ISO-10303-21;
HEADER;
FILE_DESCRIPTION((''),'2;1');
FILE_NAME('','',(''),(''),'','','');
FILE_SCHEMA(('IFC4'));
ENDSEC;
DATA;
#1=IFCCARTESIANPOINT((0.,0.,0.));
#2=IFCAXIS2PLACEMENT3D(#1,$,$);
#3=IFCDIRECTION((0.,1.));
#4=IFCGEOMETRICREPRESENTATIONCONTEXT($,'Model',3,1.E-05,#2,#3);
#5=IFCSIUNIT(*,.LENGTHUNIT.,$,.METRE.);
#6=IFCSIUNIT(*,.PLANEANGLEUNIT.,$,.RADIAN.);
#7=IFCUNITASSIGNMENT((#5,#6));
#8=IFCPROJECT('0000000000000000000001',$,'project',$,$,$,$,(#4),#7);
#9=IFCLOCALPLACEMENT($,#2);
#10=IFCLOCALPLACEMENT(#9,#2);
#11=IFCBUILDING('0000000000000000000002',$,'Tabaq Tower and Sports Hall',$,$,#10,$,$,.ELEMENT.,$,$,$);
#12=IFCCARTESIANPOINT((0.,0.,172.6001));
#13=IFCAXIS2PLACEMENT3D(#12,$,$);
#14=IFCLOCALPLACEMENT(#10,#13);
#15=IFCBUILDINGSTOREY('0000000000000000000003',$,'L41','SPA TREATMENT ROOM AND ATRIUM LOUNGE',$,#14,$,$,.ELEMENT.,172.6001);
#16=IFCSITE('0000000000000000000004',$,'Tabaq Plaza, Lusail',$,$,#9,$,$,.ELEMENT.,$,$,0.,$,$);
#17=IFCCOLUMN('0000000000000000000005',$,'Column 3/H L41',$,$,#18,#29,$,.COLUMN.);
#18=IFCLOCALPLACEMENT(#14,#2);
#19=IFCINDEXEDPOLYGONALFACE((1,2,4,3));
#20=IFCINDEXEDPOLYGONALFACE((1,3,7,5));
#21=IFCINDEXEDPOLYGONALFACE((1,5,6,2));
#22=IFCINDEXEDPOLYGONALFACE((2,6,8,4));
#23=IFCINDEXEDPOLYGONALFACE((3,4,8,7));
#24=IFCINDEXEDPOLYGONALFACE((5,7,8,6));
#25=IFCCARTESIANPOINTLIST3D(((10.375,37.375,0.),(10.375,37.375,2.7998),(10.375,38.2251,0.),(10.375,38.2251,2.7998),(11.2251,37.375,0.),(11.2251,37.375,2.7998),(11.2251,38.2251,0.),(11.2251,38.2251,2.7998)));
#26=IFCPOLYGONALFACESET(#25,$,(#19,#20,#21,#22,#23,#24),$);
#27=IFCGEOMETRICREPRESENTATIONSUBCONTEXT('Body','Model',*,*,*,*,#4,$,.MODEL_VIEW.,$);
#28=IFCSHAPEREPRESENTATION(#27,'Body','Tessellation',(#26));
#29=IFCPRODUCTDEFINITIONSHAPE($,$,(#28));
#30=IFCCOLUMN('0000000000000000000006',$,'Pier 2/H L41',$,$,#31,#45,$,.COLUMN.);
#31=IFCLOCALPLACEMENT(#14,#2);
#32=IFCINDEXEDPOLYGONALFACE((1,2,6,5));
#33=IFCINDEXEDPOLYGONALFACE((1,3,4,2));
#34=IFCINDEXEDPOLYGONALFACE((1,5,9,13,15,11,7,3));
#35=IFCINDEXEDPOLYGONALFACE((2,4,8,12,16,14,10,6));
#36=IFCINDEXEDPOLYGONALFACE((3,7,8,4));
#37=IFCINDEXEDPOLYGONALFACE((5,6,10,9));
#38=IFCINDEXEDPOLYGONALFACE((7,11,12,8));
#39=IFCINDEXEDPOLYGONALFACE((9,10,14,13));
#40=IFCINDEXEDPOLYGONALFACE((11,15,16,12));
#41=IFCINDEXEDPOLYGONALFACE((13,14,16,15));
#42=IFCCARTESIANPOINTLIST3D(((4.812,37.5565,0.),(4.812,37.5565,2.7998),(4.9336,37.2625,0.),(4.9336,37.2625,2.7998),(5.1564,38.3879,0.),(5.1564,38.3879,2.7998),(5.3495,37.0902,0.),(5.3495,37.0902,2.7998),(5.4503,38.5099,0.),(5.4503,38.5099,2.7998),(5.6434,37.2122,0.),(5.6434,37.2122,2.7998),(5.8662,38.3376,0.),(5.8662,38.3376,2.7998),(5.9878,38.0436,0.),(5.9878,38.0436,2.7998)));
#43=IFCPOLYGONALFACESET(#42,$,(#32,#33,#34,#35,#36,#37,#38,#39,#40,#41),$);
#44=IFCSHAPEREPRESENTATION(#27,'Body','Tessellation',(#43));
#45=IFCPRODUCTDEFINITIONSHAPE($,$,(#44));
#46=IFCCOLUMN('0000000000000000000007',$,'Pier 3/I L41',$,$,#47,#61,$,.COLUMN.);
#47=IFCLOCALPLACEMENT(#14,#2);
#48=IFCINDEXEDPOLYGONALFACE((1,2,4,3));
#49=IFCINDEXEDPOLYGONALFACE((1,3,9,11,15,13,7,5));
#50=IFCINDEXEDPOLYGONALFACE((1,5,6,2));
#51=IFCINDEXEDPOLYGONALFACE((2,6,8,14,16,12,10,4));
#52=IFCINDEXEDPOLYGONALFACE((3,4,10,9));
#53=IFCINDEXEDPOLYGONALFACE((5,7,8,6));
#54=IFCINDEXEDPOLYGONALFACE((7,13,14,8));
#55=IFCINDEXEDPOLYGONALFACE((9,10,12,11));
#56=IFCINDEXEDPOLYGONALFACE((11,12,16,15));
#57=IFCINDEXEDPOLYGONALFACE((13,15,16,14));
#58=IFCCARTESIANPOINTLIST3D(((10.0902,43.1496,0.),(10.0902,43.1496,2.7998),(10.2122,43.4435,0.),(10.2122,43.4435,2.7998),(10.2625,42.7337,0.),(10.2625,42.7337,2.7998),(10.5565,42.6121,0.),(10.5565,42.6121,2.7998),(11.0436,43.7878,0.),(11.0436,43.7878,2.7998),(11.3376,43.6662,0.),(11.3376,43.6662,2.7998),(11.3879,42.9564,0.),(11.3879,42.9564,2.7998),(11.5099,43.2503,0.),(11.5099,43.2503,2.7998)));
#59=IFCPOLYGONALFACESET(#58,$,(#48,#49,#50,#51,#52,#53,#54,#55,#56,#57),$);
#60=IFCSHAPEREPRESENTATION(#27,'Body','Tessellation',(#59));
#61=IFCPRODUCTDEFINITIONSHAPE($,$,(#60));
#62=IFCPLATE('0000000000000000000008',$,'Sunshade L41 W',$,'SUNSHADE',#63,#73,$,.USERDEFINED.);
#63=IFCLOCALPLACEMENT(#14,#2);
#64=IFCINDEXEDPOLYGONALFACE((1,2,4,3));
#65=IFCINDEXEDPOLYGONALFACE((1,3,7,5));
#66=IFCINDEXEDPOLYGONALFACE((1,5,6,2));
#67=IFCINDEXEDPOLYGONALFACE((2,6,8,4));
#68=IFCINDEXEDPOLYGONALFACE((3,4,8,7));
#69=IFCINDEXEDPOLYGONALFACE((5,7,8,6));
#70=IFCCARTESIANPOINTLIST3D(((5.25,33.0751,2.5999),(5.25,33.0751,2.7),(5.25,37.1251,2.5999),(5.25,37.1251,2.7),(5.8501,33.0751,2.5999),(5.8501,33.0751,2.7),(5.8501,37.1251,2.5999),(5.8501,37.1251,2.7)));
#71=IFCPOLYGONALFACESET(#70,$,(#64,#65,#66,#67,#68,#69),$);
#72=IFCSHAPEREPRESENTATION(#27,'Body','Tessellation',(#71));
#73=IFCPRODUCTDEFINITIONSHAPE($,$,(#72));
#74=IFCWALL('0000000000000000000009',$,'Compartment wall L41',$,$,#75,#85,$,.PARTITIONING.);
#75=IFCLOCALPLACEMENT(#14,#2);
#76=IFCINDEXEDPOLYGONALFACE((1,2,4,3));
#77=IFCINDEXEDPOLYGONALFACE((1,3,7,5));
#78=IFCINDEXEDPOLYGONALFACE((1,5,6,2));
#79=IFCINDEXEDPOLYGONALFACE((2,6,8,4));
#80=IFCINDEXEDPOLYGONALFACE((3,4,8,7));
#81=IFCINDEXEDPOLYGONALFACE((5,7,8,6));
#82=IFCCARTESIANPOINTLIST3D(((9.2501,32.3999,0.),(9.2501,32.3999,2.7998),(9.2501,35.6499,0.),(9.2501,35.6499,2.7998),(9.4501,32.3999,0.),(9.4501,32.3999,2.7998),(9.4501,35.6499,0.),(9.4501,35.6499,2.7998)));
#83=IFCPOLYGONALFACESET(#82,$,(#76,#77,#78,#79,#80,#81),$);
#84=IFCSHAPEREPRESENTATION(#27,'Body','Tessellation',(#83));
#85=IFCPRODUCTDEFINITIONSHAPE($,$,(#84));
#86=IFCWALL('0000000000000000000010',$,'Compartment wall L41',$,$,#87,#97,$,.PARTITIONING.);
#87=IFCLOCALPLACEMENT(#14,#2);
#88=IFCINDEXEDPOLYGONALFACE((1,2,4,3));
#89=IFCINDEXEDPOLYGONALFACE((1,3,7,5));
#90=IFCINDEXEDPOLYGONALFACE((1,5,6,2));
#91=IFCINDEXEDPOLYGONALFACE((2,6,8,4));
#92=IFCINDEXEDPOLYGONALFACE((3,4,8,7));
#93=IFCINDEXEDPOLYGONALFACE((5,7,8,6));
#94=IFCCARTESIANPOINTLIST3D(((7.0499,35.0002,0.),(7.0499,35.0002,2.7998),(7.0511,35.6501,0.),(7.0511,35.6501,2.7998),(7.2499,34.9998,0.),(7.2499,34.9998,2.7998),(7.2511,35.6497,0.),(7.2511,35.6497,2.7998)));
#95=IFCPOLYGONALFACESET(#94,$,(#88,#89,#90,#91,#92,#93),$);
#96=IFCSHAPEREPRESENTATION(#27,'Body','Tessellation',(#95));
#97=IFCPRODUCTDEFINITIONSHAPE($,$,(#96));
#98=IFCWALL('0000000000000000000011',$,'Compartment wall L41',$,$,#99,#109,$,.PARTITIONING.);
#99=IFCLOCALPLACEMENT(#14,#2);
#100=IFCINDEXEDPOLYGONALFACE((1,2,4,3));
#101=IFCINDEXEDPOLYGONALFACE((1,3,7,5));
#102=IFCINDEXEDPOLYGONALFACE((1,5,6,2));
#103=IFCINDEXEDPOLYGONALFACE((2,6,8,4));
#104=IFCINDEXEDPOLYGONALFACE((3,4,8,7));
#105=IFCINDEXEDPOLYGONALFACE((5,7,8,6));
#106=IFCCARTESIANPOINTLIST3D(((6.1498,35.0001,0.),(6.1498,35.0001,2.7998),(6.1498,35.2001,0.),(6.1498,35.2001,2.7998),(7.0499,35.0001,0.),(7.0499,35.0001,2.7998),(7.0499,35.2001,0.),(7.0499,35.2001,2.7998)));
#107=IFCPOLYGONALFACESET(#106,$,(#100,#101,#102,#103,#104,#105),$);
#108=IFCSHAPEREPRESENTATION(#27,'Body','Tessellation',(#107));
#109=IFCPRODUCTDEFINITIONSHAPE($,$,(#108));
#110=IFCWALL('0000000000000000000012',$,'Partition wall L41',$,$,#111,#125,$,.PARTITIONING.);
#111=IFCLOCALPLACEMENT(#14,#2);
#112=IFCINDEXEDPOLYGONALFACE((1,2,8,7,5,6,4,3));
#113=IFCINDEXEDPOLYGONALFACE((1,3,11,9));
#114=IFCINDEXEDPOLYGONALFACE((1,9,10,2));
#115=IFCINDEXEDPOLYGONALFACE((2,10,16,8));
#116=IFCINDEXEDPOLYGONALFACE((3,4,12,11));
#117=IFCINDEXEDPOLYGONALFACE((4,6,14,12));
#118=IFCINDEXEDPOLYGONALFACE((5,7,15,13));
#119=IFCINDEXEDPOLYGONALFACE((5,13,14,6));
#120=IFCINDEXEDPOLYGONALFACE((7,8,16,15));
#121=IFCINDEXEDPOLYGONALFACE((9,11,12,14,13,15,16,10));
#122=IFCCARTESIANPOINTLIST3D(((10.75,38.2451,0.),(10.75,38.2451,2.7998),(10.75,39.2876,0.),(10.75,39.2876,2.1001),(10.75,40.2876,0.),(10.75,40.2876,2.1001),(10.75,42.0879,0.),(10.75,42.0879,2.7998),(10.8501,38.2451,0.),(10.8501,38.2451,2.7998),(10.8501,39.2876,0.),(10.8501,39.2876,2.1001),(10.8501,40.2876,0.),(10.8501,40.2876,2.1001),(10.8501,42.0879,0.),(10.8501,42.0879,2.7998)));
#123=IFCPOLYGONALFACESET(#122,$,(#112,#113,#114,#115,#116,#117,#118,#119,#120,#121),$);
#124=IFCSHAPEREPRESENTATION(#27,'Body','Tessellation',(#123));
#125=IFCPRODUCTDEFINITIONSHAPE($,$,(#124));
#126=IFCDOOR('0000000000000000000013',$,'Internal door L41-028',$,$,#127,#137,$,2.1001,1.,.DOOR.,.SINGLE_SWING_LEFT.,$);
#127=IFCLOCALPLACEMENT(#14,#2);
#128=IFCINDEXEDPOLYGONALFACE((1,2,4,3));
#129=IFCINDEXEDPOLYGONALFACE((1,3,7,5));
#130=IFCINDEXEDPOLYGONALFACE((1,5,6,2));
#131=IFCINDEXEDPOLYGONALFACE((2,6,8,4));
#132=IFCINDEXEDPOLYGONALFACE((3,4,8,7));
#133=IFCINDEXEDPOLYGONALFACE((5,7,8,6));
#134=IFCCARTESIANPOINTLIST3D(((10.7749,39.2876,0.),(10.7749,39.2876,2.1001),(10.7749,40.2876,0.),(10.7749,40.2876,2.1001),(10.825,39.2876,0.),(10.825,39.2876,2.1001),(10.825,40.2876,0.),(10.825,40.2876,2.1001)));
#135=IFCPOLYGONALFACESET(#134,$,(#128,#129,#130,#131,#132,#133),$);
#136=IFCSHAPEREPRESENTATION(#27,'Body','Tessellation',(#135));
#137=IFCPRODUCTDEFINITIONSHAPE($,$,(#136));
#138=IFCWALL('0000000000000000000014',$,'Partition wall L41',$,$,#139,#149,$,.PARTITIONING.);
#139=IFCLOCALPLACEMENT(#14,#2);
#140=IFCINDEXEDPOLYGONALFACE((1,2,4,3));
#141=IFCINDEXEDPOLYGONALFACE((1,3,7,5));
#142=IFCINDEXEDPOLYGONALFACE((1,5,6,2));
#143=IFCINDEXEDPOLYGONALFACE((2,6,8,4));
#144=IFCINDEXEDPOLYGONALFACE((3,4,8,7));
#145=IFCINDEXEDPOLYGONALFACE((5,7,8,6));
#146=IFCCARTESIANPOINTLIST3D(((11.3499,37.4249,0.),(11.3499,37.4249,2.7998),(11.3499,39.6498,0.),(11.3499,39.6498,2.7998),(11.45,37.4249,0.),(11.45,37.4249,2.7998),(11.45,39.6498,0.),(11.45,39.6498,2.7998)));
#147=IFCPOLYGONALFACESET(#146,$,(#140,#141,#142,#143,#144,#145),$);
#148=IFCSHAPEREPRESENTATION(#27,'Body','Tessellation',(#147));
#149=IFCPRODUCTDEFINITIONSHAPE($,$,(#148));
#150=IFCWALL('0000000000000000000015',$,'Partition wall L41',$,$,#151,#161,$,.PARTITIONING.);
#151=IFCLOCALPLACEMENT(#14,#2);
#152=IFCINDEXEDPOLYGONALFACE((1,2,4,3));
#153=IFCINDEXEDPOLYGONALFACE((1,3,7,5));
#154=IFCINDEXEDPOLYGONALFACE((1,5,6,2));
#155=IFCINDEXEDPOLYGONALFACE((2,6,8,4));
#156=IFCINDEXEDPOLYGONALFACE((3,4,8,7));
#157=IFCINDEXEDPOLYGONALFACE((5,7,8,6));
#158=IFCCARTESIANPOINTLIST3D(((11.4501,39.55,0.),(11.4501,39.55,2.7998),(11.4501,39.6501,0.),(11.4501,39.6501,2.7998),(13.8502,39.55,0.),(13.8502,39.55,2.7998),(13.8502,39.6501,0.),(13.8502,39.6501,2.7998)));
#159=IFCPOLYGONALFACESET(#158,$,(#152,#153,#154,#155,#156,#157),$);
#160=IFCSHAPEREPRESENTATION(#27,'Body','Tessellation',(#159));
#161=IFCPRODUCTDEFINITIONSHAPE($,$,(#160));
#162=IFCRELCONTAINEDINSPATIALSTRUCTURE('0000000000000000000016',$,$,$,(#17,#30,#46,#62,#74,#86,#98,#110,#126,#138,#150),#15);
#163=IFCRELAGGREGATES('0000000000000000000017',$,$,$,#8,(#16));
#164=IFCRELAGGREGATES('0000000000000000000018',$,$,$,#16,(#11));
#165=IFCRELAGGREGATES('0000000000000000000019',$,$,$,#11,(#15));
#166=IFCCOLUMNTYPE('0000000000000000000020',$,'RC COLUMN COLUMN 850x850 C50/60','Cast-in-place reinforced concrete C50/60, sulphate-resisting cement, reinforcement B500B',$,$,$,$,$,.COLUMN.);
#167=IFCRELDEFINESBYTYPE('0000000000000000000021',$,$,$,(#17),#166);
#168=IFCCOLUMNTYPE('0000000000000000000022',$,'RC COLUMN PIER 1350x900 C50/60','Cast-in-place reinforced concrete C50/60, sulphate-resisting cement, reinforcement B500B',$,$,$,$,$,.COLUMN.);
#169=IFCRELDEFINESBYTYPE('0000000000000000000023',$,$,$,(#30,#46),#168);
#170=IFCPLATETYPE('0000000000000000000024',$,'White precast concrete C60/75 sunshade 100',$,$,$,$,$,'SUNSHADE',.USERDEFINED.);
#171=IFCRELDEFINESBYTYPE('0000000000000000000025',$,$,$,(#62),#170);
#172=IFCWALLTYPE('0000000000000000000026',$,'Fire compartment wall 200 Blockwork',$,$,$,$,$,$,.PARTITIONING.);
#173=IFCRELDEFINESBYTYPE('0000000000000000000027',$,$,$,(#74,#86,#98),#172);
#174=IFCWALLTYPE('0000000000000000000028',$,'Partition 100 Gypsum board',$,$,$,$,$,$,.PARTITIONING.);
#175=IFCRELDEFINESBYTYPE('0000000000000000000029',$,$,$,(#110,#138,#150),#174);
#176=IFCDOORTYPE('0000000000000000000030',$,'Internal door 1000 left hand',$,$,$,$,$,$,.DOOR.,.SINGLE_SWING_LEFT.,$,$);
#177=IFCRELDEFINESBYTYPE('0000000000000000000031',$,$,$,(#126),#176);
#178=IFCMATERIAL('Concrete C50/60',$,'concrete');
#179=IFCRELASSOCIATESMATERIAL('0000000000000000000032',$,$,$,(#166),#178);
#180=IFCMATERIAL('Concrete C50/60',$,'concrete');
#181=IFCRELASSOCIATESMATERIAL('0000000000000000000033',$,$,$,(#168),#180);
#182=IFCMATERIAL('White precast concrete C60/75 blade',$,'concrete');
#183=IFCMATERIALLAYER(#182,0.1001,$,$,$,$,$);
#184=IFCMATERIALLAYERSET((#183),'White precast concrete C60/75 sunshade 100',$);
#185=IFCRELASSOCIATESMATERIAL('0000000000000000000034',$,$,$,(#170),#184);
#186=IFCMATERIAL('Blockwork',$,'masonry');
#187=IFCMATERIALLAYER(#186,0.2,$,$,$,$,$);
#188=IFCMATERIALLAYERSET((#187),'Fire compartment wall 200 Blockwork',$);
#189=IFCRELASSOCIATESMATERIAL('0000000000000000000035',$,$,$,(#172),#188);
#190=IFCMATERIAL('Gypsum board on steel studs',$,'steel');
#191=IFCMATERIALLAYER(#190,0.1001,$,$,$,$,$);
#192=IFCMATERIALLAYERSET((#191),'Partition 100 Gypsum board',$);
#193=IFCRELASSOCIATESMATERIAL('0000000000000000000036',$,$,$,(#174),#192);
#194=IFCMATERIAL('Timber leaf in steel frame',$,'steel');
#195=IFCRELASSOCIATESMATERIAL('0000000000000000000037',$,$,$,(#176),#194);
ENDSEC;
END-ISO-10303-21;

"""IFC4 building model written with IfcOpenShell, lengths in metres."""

from ifc_helpers import new_model, si_unit, direction, frame, frame_2d, origin, origin_2d, place, context, subcontext, project, spatial, polyline, rectangle, outline, extrude, material, layer, layer_set, material_profile, profile_set, type_object, element, fill, save


model = new_model("IFC4")

# Units and contexts
model_context = context("Model", 3, precision=1e-05, world=origin(), true_north=direction((0.0, 1.0)))
body_context = subcontext(model_context, "Body", "Model", "MODEL_VIEW")
ifc_project = project(units=[si_unit("LENGTHUNIT", "METRE"), si_unit("PLANEANGLEUNIT", "RADIAN")], contexts=[model_context])

# Site, building, storey
site_placement = place(None, origin())
site = spatial("IfcSite", under=ifc_project, at=site_placement, Name="Tabaq Plaza, Lusail", CompositionType="ELEMENT", RefElevation=0.0)
building_placement = place(site_placement, origin())
building = spatial("IfcBuilding", under=site, at=building_placement, Name="Tabaq Tower and Sports Hall", CompositionType="ELEMENT")
storey_placement = place(building_placement, frame((0.0, 0.0, 172.6001)))
storey = spatial("IfcBuildingStorey", under=building, at=storey_placement, Name="L41", Description="SPA TREATMENT ROOM AND ATRIUM LOUNGE", CompositionType="ELEMENT", Elevation=172.6001)

# Columns
ifc_material_1 = material(Name="Concrete C50/60", Category="concrete")
ifc_material_profile_1 = material_profile(ifc_material_1, rectangle(XDim=0.8501, YDim=0.8501, at=origin_2d()), Name="COLUMN 850x850")
ifc_profile_set_1 = profile_set([ifc_material_profile_1], Name="Concrete C50/60")
column_type_1 = type_object("IfcColumnType", Name="RC COLUMN COLUMN 850x850 C50/60", Description="Cast-in-place reinforced concrete C50/60, sulphate-resisting cement, reinforcement B500B", PredefinedType="COLUMN", material=ifc_profile_set_1)
column_placement = place(storey_placement, frame((10.8, 37.8, 0.0), z_axis=(0.0, 0.0, 1.0), x_axis=(1.0, 0.0, 0.0)))
element("IfcColumn", 1, at=column_placement, inside=storey, type_object=column_type_1, Name="Column 3/H L41", PredefinedType="COLUMN", context=body_context, shape_type="SweptSolid", body=[
    extrude(rectangle(XDim=0.8501, YDim=0.8501, at=origin_2d()), origin(), (0.0, 0.0, 1.0), 2.7998),
])
ifc_material_2 = material(Name="Concrete C50/60", Category="concrete")
ifc_material_profile_2 = material_profile(ifc_material_2, outline(polyline([(-0.45, -0.45), (0.45, -0.45), (0.675, -0.2251), (0.675, 0.2251), (0.45, 0.45), (-0.45, 0.45), (-0.675, 0.2251), (-0.675, -0.2251), (-0.45, -0.45)])), Name="PIER 1350x900")
ifc_profile_set_2 = profile_set([ifc_material_profile_2], Name="Concrete C50/60")
column_type_2 = type_object("IfcColumnType", Name="RC COLUMN PIER 1350x900 C50/60", Description="Cast-in-place reinforced concrete C50/60, sulphate-resisting cement, reinforcement B500B", PredefinedType="COLUMN", material=ifc_profile_set_2)
for number, where, z_axis, x_axis, name in (
    (2, (5.3999, 37.8, 0.0), (0.0, 0.0, 1.0), (0.382683, 0.92388, 0.0), "Pier 2/H L41"),
    (3, (10.8, 43.2, 0.0), (0.0, 0.0, 1.0), (0.92388, 0.382683, 0.0), "Pier 3/I L41"),
):
    element("IfcColumn", number, at=place(storey_placement, frame(where, z_axis=z_axis, x_axis=x_axis)), inside=storey, type_object=column_type_2, Name=name, PredefinedType="COLUMN", context=body_context, shape_type="SweptSolid", body=[
        extrude(outline(polyline([(-0.45, -0.45), (0.45, -0.45), (0.675, -0.2251), (0.675, 0.2251), (0.45, 0.45), (-0.45, 0.45), (-0.675, 0.2251), (-0.675, -0.2251), (-0.45, -0.45)])), origin(), (0.0, 0.0, 1.0), 2.7998),
    ])

# Plate
ifc_material_3 = material(Name="White precast concrete C60/75 blade", Category="concrete")
ifc_layer_1 = layer(ifc_material_3, 0.1001)
ifc_layer_set_1 = layer_set([ifc_layer_1], Name="White precast concrete C60/75 sunshade 100")
plate_type = type_object("IfcPlateType", Name="White precast concrete C60/75 sunshade 100", ElementType="SUNSHADE", PredefinedType="USERDEFINED", material=ifc_layer_set_1)
plate_placement = place(storey_placement, frame((5.55, 35.1001, 2.5999), z_axis=(0.0, 0.0, 1.0), x_axis=(0.0, -1.0, 0.0)))
element("IfcPlate", 4, at=plate_placement, inside=storey, type_object=plate_type, Name="Sunshade L41 W", ObjectType="SUNSHADE", PredefinedType="USERDEFINED", context=body_context, shape_type="SweptSolid", body=[
    extrude(rectangle(XDim=4.05, YDim=0.6001, at=origin_2d()), origin(), (0.0, 0.0, 1.0), 0.1001),
])

# Wall
ifc_material_4 = material(Name="Blockwork", Category="masonry")
ifc_layer_2 = layer(ifc_material_4, 0.2)
ifc_layer_set_2 = layer_set([ifc_layer_2], Name="Fire compartment wall 200 Blockwork")
wall_type_1 = type_object("IfcWallType", Name="Fire compartment wall 200 Blockwork", PredefinedType="PARTITIONING", material=ifc_layer_set_2)
wall_1_placement = place(storey_placement, frame((9.3501, 35.6499, 0.0), z_axis=(0.0, 0.0, 1.0), x_axis=(0.0, -1.0, 0.0)))
element("IfcWall", 5, at=wall_1_placement, inside=storey, type_object=wall_type_1, Name="Compartment wall L41", PredefinedType="PARTITIONING", context=body_context, shape_type="SweptSolid", body=[
    extrude(rectangle(XDim=3.25, YDim=0.2, at=frame_2d((1.625, 0.0))), origin(), (0.0, 0.0, 1.0), 2.7998),
])

# Walls
wall_2_placement = place(storey_placement, frame((7.1511, 35.6499, 0.0), z_axis=(0.0, 0.0, 1.0), x_axis=(-0.001878, -0.999998, 0.0)))
element("IfcWall", 6, at=wall_2_placement, inside=storey, type_object=wall_type_1, Name="Compartment wall L41", PredefinedType="PARTITIONING", context=body_context, shape_type="SweptSolid", body=[
    extrude(rectangle(XDim=0.6499, YDim=0.2, at=frame_2d((0.325, 0.0))), origin(), (0.0, 0.0, 1.0), 2.7998),
])
wall_3_placement = place(storey_placement, frame((7.05, 35.1001, 0.0), z_axis=(0.0, 0.0, 1.0), x_axis=(-1.0, 0.0, 0.0)))
element("IfcWall", 7, at=wall_3_placement, inside=storey, type_object=wall_type_1, Name="Compartment wall L41", PredefinedType="PARTITIONING", context=body_context, shape_type="SweptSolid", body=[
    extrude(rectangle(XDim=0.9001, YDim=0.2, at=frame_2d((0.4502, 0.0))), origin(), (0.0, 0.0, 1.0), 2.7998),
])

# Wall, opening, door
ifc_material_5 = material(Name="Gypsum board on steel studs", Category="steel")
ifc_layer_3 = layer(ifc_material_5, 0.1001)
ifc_layer_set_3 = layer_set([ifc_layer_3], Name="Partition 100 Gypsum board")
wall_type_2 = type_object("IfcWallType", Name="Partition 100 Gypsum board", PredefinedType="PARTITIONING", material=ifc_layer_set_3)
wall_4_placement = place(storey_placement, frame((10.8, 42.0879, 0.0), z_axis=(0.0, 0.0, 1.0), x_axis=(0.0, -1.0, 0.0)))
wall_4 = element("IfcWall", 8, at=wall_4_placement, inside=storey, type_object=wall_type_2, Name="Partition wall L41", PredefinedType="PARTITIONING", context=body_context, shape_type="SweptSolid", body=[
    extrude(rectangle(XDim=3.8428, YDim=0.1001, at=frame_2d((1.9214, 0.0))), origin(), (0.0, 0.0, 1.0), 2.7998),
])
opening_1_placement = place(wall_4_placement, frame((1.8003, 0.0, 0.0)))
opening_1 = element("IfcOpeningElement", 9, at=opening_1_placement, cuts=wall_4, PredefinedType="OPENING", context=body_context, shape_type="SweptSolid", body=[
    extrude(rectangle(XDim=1.0, YDim=2.1001, at=frame_2d((0.5, 1.05))), frame((0.0, 0.05, 0.0), z_axis=(0.0, -1.0, 0.0), x_axis=(1.0, 0.0, 0.0)), (0.0, 0.0, 1.0), 0.1001),
])
ifc_material_6 = material(Name="Timber leaf in steel frame", Category="steel")
door_type_1 = type_object("IfcDoorType", Name="Internal door 1000 left hand", OperationType="SINGLE_SWING_LEFT", PredefinedType="DOOR", material=ifc_material_6)
door_1_placement = place(opening_1_placement, origin())
door_1 = element("IfcDoor", 10, at=door_1_placement, inside=storey, type_object=door_type_1, Name="Internal door L41-028", OperationType="SINGLE_SWING_LEFT", OverallHeight=2.1001, OverallWidth=1.0, PredefinedType="DOOR", context=body_context, shape_type="SweptSolid", body=[
    extrude(rectangle(XDim=1.0, YDim=2.1001, at=frame_2d((0.5, 1.05))), frame((0.0, 0.0249, 0.0), z_axis=(0.0, -1.0, 0.0), x_axis=(1.0, 0.0, 0.0)), (0.0, 0.0, 1.0), 0.05),
])
fill(opening_1, door_1)

# Walls
wall_5_placement = place(storey_placement, frame((11.3999, 37.425, 0.0), z_axis=(0.0, 0.0, 1.0), x_axis=(0.0, 1.0, 0.0)))
element("IfcWall", 11, at=wall_5_placement, inside=storey, type_object=wall_type_2, Name="Partition wall L41", PredefinedType="PARTITIONING", context=body_context, shape_type="SweptSolid", body=[
    extrude(rectangle(XDim=2.2249, YDim=0.1001, at=frame_2d((1.1123, 0.0))), origin(), (0.0, 0.0, 1.0), 2.7998),
])
wall_6_placement = place(storey_placement, frame((11.45, 39.6001, 0.0), z_axis=(0.0, 0.0, 1.0), x_axis=(1.0, 0.0, 0.0)))
element("IfcWall", 12, at=wall_6_placement, inside=storey, type_object=wall_type_2, Name="Partition wall L41", PredefinedType="PARTITIONING", context=body_context, shape_type="SweptSolid", body=[
    extrude(rectangle(XDim=2.4001, YDim=0.1001, at=frame_2d((1.2002, 0.0))), origin(), (0.0, 0.0, 1.0), 2.7998),
])

save(model, "model.ifc")
